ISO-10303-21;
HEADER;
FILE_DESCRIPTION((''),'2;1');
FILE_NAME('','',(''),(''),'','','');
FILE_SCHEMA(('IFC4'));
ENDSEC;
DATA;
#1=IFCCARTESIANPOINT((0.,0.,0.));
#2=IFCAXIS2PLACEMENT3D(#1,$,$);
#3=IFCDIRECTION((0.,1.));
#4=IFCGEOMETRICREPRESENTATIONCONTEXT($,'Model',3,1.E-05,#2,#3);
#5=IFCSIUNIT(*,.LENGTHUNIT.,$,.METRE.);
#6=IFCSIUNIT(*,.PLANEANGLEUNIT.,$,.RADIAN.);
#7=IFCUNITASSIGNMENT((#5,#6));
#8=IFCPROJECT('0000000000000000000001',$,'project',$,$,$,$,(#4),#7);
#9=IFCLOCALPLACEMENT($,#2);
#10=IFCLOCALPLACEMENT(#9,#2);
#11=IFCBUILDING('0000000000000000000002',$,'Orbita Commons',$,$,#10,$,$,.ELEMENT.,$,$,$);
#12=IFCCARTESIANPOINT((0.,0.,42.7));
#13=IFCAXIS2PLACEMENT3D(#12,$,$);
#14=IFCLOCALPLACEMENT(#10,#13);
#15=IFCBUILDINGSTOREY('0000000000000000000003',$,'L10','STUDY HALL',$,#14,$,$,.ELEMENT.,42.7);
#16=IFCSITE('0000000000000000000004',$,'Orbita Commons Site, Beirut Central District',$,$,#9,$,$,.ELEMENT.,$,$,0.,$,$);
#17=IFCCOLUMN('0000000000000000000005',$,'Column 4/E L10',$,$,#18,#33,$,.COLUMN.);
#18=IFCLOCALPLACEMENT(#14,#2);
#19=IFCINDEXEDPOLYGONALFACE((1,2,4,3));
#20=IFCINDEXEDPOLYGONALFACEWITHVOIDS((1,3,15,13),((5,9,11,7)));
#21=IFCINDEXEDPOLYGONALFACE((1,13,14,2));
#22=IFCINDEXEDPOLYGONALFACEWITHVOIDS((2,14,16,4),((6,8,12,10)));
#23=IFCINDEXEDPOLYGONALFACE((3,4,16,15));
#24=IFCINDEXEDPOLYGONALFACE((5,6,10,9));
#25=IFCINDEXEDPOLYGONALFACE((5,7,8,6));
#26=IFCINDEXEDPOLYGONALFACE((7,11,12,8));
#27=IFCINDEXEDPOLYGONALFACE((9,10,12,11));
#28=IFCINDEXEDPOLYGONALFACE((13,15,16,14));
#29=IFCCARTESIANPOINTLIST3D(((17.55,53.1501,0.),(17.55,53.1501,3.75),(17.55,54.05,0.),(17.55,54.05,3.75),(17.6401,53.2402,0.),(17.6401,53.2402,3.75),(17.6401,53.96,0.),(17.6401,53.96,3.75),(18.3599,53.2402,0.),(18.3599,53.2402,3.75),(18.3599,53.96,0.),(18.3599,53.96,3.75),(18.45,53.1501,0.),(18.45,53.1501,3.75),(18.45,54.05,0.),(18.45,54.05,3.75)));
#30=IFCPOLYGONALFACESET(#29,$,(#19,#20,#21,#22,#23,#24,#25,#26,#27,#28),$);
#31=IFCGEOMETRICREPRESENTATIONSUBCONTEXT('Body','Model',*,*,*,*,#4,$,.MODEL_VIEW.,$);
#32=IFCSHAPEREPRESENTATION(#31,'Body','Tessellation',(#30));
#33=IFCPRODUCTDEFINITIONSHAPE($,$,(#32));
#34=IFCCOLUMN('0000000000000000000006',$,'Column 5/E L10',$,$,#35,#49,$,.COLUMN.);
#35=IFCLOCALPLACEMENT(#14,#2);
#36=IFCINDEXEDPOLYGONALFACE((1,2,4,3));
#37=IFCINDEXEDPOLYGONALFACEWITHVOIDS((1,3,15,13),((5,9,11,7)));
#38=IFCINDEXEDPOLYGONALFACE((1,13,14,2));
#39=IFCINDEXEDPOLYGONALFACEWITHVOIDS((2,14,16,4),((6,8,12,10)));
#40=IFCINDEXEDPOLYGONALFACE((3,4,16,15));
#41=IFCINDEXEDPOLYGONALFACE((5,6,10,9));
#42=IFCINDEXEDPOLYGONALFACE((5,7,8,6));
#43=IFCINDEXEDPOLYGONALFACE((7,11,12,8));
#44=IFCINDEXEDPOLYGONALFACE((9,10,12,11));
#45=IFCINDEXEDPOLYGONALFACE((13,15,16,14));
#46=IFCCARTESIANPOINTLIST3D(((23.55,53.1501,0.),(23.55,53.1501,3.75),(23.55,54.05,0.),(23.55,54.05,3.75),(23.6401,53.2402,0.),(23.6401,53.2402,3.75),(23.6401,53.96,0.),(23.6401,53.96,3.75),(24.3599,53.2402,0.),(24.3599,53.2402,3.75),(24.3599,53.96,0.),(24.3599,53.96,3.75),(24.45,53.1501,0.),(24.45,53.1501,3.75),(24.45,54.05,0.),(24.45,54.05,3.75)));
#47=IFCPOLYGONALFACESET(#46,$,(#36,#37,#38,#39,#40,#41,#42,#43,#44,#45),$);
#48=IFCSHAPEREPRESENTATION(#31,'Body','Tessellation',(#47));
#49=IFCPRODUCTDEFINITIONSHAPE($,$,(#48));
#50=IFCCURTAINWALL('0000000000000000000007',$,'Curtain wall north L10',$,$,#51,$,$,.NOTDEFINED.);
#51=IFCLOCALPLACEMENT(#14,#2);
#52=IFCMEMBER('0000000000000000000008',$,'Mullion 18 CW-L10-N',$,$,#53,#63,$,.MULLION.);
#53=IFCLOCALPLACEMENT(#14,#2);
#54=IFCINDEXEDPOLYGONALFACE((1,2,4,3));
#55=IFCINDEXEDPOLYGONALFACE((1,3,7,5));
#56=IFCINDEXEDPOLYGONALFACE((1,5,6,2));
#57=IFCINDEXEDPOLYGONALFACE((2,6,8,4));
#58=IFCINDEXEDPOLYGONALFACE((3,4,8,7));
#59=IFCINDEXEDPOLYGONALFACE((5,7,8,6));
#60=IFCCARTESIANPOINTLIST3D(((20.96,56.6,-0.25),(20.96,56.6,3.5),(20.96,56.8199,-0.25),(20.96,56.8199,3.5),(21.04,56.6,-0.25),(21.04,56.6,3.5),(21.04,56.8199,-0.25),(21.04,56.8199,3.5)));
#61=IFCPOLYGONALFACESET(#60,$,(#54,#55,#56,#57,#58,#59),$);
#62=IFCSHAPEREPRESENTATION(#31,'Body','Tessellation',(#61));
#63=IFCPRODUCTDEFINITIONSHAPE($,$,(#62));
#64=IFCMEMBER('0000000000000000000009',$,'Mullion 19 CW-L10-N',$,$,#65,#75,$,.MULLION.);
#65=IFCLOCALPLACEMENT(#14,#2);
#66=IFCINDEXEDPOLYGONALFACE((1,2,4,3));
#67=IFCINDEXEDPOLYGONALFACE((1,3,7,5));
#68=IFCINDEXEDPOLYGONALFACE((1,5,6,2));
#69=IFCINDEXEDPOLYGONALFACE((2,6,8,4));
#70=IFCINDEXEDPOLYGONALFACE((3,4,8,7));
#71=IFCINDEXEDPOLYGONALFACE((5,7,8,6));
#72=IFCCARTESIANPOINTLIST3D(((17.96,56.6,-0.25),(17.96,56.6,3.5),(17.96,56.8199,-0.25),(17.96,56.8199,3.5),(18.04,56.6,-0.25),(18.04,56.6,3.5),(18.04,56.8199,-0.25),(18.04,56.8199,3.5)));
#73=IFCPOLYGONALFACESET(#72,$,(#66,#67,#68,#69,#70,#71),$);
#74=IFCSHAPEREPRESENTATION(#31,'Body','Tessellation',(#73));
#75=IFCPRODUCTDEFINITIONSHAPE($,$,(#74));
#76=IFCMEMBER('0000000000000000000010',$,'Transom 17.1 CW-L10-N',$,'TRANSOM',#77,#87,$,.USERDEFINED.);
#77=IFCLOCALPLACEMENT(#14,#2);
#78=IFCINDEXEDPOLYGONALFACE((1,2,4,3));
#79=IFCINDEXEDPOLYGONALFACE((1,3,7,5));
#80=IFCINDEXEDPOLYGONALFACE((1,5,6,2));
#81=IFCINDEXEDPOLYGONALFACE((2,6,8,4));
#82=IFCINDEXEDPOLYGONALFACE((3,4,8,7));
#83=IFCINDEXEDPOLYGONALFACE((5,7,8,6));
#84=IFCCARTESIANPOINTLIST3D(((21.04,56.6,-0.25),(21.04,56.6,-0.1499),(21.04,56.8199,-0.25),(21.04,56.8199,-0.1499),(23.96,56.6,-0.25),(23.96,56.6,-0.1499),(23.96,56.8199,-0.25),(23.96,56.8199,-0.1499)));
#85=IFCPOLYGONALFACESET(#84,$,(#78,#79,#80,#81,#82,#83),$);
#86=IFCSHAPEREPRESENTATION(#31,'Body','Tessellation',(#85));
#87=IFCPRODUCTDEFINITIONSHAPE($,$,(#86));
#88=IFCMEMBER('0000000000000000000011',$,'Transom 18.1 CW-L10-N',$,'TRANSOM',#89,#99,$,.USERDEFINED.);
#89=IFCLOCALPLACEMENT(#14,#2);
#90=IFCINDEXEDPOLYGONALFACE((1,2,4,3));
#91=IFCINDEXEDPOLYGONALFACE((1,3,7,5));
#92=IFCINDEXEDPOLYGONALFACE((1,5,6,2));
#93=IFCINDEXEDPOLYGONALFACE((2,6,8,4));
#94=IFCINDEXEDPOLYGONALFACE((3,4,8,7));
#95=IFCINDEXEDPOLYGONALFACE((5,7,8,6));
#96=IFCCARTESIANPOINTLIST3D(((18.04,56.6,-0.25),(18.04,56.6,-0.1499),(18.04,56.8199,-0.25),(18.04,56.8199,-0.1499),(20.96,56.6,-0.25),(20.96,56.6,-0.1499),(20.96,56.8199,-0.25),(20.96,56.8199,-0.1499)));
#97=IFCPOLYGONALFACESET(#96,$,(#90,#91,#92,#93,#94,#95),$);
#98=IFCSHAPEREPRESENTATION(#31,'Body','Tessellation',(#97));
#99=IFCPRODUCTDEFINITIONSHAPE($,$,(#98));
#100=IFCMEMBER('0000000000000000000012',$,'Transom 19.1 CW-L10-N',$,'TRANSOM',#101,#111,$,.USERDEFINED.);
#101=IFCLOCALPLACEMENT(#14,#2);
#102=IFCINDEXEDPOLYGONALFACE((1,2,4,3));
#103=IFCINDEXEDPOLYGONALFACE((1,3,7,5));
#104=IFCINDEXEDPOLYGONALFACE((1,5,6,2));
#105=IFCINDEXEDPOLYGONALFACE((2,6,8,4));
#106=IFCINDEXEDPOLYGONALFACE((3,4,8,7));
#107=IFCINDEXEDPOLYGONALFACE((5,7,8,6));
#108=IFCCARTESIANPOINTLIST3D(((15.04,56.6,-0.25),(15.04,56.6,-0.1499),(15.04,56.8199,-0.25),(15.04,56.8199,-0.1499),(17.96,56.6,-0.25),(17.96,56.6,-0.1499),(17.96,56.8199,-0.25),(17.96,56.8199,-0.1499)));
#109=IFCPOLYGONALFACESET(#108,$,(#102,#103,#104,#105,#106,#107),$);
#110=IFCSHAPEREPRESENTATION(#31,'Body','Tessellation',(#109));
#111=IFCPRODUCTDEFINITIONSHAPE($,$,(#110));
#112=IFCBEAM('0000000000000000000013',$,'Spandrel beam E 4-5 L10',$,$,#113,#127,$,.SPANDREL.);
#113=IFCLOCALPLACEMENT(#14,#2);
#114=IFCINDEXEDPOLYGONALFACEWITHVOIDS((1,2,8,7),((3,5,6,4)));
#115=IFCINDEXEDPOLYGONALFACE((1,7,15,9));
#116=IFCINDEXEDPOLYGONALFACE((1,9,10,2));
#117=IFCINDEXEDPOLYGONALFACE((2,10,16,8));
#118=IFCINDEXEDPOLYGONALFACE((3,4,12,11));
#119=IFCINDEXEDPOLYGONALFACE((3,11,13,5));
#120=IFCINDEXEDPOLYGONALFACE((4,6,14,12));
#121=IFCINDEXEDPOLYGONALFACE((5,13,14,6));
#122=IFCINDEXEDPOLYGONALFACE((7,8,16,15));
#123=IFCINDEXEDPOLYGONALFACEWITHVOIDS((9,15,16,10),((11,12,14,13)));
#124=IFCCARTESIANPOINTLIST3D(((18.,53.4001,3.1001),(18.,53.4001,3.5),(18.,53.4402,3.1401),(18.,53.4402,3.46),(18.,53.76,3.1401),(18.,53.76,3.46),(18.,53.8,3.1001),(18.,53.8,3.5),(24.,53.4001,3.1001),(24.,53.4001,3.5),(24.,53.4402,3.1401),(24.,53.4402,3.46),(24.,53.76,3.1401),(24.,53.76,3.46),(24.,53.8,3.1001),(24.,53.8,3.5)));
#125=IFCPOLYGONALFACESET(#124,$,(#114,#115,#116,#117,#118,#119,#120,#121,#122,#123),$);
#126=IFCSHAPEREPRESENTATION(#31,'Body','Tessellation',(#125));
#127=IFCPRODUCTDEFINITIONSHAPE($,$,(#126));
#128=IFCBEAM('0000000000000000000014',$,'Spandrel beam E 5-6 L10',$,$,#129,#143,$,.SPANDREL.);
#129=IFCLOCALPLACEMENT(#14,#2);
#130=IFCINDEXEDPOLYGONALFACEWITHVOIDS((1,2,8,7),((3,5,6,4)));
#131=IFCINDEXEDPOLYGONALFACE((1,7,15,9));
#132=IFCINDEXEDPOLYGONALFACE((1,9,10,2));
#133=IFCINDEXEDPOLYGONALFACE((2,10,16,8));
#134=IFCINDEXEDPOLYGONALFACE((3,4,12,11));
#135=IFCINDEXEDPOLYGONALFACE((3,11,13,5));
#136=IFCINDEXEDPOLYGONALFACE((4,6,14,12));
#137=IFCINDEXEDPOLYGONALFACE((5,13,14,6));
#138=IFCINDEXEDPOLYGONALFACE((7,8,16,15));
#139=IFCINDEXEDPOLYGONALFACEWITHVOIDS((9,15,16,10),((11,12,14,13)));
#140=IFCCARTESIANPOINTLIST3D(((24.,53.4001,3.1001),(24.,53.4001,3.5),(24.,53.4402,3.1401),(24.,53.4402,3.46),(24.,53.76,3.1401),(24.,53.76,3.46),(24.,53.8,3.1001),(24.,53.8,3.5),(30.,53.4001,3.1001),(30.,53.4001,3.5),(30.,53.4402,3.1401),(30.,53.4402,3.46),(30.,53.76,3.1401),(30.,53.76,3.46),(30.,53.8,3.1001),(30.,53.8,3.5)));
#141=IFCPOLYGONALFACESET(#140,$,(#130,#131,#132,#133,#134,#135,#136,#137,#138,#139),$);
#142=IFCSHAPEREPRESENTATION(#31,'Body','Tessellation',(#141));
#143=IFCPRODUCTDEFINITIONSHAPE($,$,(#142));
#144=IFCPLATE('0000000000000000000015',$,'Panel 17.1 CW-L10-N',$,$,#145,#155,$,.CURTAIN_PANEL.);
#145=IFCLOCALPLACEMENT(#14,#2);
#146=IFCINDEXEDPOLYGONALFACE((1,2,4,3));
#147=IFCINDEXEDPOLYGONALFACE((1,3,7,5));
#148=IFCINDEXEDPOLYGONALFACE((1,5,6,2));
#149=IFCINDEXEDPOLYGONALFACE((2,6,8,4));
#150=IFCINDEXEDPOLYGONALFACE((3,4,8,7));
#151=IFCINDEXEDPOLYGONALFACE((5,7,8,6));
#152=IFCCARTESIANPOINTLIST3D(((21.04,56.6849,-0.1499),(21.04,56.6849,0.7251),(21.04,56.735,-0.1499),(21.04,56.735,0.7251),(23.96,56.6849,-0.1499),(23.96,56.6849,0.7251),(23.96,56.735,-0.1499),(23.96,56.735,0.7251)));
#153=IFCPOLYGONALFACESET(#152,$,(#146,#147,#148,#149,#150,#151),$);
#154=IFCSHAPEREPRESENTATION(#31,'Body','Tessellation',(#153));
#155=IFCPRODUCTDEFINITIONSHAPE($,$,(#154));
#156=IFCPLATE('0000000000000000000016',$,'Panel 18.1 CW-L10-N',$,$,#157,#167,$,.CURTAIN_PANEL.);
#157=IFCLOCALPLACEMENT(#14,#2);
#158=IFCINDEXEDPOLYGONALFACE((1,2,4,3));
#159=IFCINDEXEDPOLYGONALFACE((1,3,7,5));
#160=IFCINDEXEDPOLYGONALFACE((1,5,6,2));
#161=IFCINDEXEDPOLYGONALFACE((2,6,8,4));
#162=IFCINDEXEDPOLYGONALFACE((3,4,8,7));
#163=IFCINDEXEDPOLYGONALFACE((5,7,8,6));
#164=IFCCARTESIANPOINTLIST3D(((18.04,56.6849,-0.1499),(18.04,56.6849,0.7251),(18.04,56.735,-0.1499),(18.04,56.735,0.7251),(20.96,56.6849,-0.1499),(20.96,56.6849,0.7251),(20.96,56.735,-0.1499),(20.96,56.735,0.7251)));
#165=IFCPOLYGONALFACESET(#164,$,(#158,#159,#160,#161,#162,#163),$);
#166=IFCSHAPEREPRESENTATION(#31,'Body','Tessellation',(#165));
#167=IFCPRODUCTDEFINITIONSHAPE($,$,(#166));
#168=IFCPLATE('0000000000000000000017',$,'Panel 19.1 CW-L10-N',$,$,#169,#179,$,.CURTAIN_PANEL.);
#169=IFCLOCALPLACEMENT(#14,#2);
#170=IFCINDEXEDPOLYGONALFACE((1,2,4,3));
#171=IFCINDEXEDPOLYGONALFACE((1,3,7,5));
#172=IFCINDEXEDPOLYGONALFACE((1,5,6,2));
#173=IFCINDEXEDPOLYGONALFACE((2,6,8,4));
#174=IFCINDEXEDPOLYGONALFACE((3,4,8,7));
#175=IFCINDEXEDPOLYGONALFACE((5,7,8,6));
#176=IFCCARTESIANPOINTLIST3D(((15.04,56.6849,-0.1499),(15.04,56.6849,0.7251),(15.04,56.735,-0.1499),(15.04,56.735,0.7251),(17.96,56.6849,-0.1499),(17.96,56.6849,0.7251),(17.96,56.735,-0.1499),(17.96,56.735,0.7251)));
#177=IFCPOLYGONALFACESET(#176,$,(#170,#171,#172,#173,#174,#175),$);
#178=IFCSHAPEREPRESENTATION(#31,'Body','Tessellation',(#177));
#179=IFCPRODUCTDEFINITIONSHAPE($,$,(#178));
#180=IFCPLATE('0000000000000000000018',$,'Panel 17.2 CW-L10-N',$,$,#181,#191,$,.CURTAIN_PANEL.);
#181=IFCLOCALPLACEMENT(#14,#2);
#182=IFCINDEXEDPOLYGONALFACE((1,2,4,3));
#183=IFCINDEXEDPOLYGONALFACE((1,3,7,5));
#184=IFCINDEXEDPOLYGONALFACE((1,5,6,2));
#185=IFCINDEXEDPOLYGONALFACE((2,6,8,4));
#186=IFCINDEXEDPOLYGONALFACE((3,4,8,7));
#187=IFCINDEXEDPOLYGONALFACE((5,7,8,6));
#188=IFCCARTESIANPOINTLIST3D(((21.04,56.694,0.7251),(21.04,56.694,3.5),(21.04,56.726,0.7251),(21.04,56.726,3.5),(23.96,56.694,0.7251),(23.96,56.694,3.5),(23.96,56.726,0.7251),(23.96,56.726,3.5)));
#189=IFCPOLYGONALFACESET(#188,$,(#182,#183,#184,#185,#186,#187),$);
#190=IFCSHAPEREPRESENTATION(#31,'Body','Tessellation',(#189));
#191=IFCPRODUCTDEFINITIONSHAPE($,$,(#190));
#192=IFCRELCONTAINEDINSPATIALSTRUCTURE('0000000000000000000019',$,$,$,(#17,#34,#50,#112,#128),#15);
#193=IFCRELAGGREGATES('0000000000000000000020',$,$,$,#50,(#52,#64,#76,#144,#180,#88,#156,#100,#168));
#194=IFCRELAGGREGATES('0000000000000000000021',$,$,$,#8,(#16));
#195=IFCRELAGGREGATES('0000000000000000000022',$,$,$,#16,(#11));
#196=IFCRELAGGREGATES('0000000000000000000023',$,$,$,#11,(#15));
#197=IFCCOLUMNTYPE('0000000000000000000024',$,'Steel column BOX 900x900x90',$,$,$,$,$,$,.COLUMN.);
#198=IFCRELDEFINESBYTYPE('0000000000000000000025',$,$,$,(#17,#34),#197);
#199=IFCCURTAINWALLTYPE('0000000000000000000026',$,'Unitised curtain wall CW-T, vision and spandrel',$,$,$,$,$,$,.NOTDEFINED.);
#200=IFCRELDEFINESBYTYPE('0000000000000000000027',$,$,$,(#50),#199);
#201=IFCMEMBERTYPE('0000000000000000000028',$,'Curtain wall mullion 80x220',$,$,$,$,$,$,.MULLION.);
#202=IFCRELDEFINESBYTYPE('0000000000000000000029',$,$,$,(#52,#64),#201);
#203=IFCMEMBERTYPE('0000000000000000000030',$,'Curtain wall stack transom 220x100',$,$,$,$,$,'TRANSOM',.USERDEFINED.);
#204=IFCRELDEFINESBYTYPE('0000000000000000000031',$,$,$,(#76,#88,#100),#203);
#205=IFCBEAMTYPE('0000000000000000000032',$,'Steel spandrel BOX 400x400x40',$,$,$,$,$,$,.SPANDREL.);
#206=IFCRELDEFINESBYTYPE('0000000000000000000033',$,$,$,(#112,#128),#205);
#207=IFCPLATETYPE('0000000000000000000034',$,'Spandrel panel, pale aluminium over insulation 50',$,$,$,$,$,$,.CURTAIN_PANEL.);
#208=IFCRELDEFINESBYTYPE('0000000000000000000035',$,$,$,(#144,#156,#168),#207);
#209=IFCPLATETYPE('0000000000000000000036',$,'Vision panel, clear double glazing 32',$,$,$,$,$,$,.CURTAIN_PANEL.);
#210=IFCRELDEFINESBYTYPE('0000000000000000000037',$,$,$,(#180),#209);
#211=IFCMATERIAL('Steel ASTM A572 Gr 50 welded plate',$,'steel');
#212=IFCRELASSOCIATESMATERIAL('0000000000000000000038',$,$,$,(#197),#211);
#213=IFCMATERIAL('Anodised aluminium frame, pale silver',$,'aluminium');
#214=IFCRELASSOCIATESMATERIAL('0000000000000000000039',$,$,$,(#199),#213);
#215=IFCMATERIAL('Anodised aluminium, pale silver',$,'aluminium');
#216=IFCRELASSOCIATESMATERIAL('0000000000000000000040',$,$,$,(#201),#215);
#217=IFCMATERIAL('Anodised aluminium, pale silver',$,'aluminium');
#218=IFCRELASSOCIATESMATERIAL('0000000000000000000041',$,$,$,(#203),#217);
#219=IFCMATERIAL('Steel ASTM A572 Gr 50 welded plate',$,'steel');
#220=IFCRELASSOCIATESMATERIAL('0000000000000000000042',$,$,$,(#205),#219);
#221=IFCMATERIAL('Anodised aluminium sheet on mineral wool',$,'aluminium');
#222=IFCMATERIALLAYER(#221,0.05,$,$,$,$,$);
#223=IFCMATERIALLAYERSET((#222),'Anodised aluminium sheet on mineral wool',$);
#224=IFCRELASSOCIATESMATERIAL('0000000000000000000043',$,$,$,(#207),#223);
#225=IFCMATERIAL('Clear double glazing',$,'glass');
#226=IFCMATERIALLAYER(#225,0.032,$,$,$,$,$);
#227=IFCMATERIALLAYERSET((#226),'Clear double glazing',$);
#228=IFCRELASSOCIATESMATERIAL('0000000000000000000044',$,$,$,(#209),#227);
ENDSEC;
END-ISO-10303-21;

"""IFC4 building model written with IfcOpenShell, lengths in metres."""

from ifc_helpers import new_model, si_unit, direction, frame, origin, origin_2d, place, context, subcontext, project, spatial, rectangle, hollow_rectangle, extrude, material, layer, layer_set, material_profile, profile_set, type_object, element, aggregate, save


model = new_model("IFC4")

# Units and contexts
model_context = context("Model", 3, precision=1e-05, world=origin(), true_north=direction((0.0, 1.0)))
body_context = subcontext(model_context, "Body", "Model", "MODEL_VIEW")
ifc_project = project(units=[si_unit("LENGTHUNIT", "METRE"), si_unit("PLANEANGLEUNIT", "RADIAN")], contexts=[model_context])

# Site, building, storey
site_placement = place(None, origin())
site = spatial("IfcSite", under=ifc_project, at=site_placement, Name="Orbita Commons Site, Beirut Central District", CompositionType="ELEMENT", RefElevation=0.0)
building_placement = place(site_placement, origin())
building = spatial("IfcBuilding", under=site, at=building_placement, Name="Orbita Commons", CompositionType="ELEMENT")
storey_placement = place(building_placement, frame((0.0, 0.0, 42.7)))
storey = spatial("IfcBuildingStorey", under=building, at=storey_placement, Name="L10", Description="STUDY HALL", CompositionType="ELEMENT", Elevation=42.7)

# Columns
ifc_material_1 = material(Name="Steel ASTM A572 Gr 50 welded plate", Category="steel")
ifc_material_profile_1 = material_profile(ifc_material_1, hollow_rectangle(XDim=0.8999, YDim=0.8999, WallThickness=0.0901, at=origin_2d()), Name="BOX 900x900x90")
ifc_profile_set_1 = profile_set([ifc_material_profile_1], Name="Steel ASTM A572 Gr 50 welded plate")
column_type = type_object("IfcColumnType", Name="Steel column BOX 900x900x90", PredefinedType="COLUMN", material=ifc_profile_set_1)
for number, where, z_axis, x_axis, name in (
    (1, (18.0, 53.6001, 0.0), (0.0, 0.0, 1.0), (1.0, 0.0, 0.0), "Column 4/E L10"),
    (2, (24.0, 53.6001, 0.0), (0.0, 0.0, 1.0), (1.0, 0.0, 0.0), "Column 5/E L10"),
):
    element("IfcColumn", number, at=place(storey_placement, frame(where, z_axis=z_axis, x_axis=x_axis)), inside=storey, type_object=column_type, Name=name, PredefinedType="COLUMN", context=body_context, shape_type="SweptSolid", body=[
        extrude(hollow_rectangle(XDim=0.8999, YDim=0.8999, WallThickness=0.0901, at=origin_2d()), origin(), (0.0, 0.0, 1.0), 3.75),
    ])

# Curtain wall, members
ifc_material_2 = material(Name="Anodised aluminium frame, pale silver", Category="aluminium")
curtain_wall_type = type_object("IfcCurtainWallType", Name="Unitised curtain wall CW-T, vision and spandrel", PredefinedType="NOTDEFINED", material=ifc_material_2)
curtain_wall_placement = place(storey_placement, origin())
curtain_wall = element("IfcCurtainWall", 3, at=curtain_wall_placement, inside=storey, type_object=curtain_wall_type, Name="Curtain wall north L10", PredefinedType="NOTDEFINED")
ifc_material_3 = material(Name="Anodised aluminium, pale silver", Category="aluminium")
ifc_material_profile_2 = material_profile(ifc_material_3, rectangle(XDim=0.0801, YDim=0.22, at=origin_2d()), Name="AL 80x220")
ifc_profile_set_2 = profile_set([ifc_material_profile_2], Name="Anodised aluminium, pale silver")
member_type_1 = type_object("IfcMemberType", Name="Curtain wall mullion 80x220", PredefinedType="MULLION", material=ifc_profile_set_2)
member_1_placement = place(storey_placement, frame((21.0, 56.71, -0.25), z_axis=(0.0, 0.0, 1.0), x_axis=(-1.0, 0.0, 0.0)))
member_1 = element("IfcMember", 4, at=member_1_placement, type_object=member_type_1, Name="Mullion 18 CW-L10-N", PredefinedType="MULLION", context=body_context, shape_type="SweptSolid", body=[
    extrude(rectangle(XDim=0.0801, YDim=0.22, at=origin_2d()), origin(), (0.0, 0.0, 1.0), 3.75),
])
member_2_placement = place(storey_placement, frame((18.0, 56.71, -0.25), z_axis=(0.0, 0.0, 1.0), x_axis=(-1.0, 0.0, 0.0)))
member_2 = element("IfcMember", 5, at=member_2_placement, type_object=member_type_1, Name="Mullion 19 CW-L10-N", PredefinedType="MULLION", context=body_context, shape_type="SweptSolid", body=[
    extrude(rectangle(XDim=0.0801, YDim=0.22, at=origin_2d()), origin(), (0.0, 0.0, 1.0), 3.75),
])
ifc_material_4 = material(Name="Anodised aluminium, pale silver", Category="aluminium")
ifc_material_profile_3 = material_profile(ifc_material_4, rectangle(XDim=0.22, YDim=0.1001, at=origin_2d()), Name="AL 220x100")
ifc_profile_set_3 = profile_set([ifc_material_profile_3], Name="Anodised aluminium, pale silver")
member_type_2 = type_object("IfcMemberType", Name="Curtain wall stack transom 220x100", ElementType="TRANSOM", PredefinedType="USERDEFINED", material=ifc_profile_set_3)
member_3_placement = place(storey_placement, frame((23.96, 56.71, -0.2), z_axis=(-1.0, 0.0, 0.0), x_axis=(0.0, -1.0, 0.0)))
member_3 = element("IfcMember", 6, at=member_3_placement, type_object=member_type_2, Name="Transom 17.1 CW-L10-N", ObjectType="TRANSOM", PredefinedType="USERDEFINED", context=body_context, shape_type="SweptSolid", body=[
    extrude(rectangle(XDim=0.22, YDim=0.1001, at=origin_2d()), origin(), (0.0, 0.0, 1.0), 2.9199),
])
member_4_placement = place(storey_placement, frame((20.96, 56.71, -0.2), z_axis=(-1.0, 0.0, 0.0), x_axis=(0.0, -1.0, 0.0)))
member_4 = element("IfcMember", 7, at=member_4_placement, type_object=member_type_2, Name="Transom 18.1 CW-L10-N", ObjectType="TRANSOM", PredefinedType="USERDEFINED", context=body_context, shape_type="SweptSolid", body=[
    extrude(rectangle(XDim=0.22, YDim=0.1001, at=origin_2d()), origin(), (0.0, 0.0, 1.0), 2.9199),
])
member_5_placement = place(storey_placement, frame((17.96, 56.71, -0.2), z_axis=(-1.0, 0.0, 0.0), x_axis=(0.0, -1.0, 0.0)))
member_5 = element("IfcMember", 8, at=member_5_placement, type_object=member_type_2, Name="Transom 19.1 CW-L10-N", ObjectType="TRANSOM", PredefinedType="USERDEFINED", context=body_context, shape_type="SweptSolid", body=[
    extrude(rectangle(XDim=0.22, YDim=0.1001, at=origin_2d()), origin(), (0.0, 0.0, 1.0), 2.9199),
])

# Beams
ifc_material_5 = material(Name="Steel ASTM A572 Gr 50 welded plate", Category="steel")
ifc_material_profile_4 = material_profile(ifc_material_5, hollow_rectangle(XDim=0.3999, YDim=0.3999, WallThickness=0.04, at=origin_2d()), Name="BOX 400x400x40")
ifc_profile_set_4 = profile_set([ifc_material_profile_4], Name="Steel ASTM A572 Gr 50 welded plate")
beam_type = type_object("IfcBeamType", Name="Steel spandrel BOX 400x400x40", PredefinedType="SPANDREL", material=ifc_profile_set_4)
for number, where, z_axis, x_axis, name in (
    (9, (18.0, 53.6001, 3.3), (1.0, 0.0, 0.0), (0.0, 1.0, 0.0), "Spandrel beam E 4-5 L10"),
    (10, (24.0, 53.6001, 3.3), (1.0, 0.0, 0.0), (0.0, 1.0, 0.0), "Spandrel beam E 5-6 L10"),
):
    element("IfcBeam", number, at=place(storey_placement, frame(where, z_axis=z_axis, x_axis=x_axis)), inside=storey, type_object=beam_type, Name=name, PredefinedType="SPANDREL", context=body_context, shape_type="SweptSolid", body=[
        extrude(hollow_rectangle(XDim=0.3999, YDim=0.3999, WallThickness=0.04, at=origin_2d()), origin(), (0.0, 0.0, 1.0), 6.0),
    ])

# Plates
ifc_material_6 = material(Name="Anodised aluminium sheet on mineral wool", Category="aluminium")
ifc_layer_1 = layer(ifc_material_6, 0.05)
ifc_layer_set_1 = layer_set([ifc_layer_1], Name="Anodised aluminium sheet on mineral wool")
plate_type_1 = type_object("IfcPlateType", Name="Spandrel panel, pale aluminium over insulation 50", PredefinedType="CURTAIN_PANEL", material=ifc_layer_set_1)
plate_1_placement = place(storey_placement, frame((22.5, 56.71, -0.1499), z_axis=(0.0, 0.0, 1.0), x_axis=(-1.0, 0.0, 0.0)))
plate_1 = element("IfcPlate", 11, at=plate_1_placement, type_object=plate_type_1, Name="Panel 17.1 CW-L10-N", PredefinedType="CURTAIN_PANEL", context=body_context, shape_type="SweptSolid", body=[
    extrude(rectangle(XDim=2.9199, YDim=0.05, at=origin_2d()), origin(), (0.0, 0.0, 1.0), 0.875),
])
plate_2_placement = place(storey_placement, frame((19.5, 56.71, -0.1499), z_axis=(0.0, 0.0, 1.0), x_axis=(-1.0, 0.0, 0.0)))
plate_2 = element("IfcPlate", 12, at=plate_2_placement, type_object=plate_type_1, Name="Panel 18.1 CW-L10-N", PredefinedType="CURTAIN_PANEL", context=body_context, shape_type="SweptSolid", body=[
    extrude(rectangle(XDim=2.9199, YDim=0.05, at=origin_2d()), origin(), (0.0, 0.0, 1.0), 0.875),
])
plate_3_placement = place(storey_placement, frame((16.5, 56.71, -0.1499), z_axis=(0.0, 0.0, 1.0), x_axis=(-1.0, 0.0, 0.0)))
plate_3 = element("IfcPlate", 13, at=plate_3_placement, type_object=plate_type_1, Name="Panel 19.1 CW-L10-N", PredefinedType="CURTAIN_PANEL", context=body_context, shape_type="SweptSolid", body=[
    extrude(rectangle(XDim=2.9199, YDim=0.05, at=origin_2d()), origin(), (0.0, 0.0, 1.0), 0.875),
])
ifc_material_7 = material(Name="Clear double glazing", Category="glass")
ifc_layer_2 = layer(ifc_material_7, 0.032)
ifc_layer_set_2 = layer_set([ifc_layer_2], Name="Clear double glazing")
plate_type_2 = type_object("IfcPlateType", Name="Vision panel, clear double glazing 32", PredefinedType="CURTAIN_PANEL", material=ifc_layer_set_2)
plate_4_placement = place(storey_placement, frame((22.5, 56.71, 0.7251), z_axis=(0.0, 0.0, 1.0), x_axis=(-1.0, 0.0, 0.0)))
plate_4 = element("IfcPlate", 14, at=plate_4_placement, type_object=plate_type_2, Name="Panel 17.2 CW-L10-N", PredefinedType="CURTAIN_PANEL", context=body_context, shape_type="SweptSolid", body=[
    extrude(rectangle(XDim=2.9199, YDim=0.032, at=origin_2d()), origin(), (0.0, 0.0, 1.0), 2.7749),
])
aggregate(curtain_wall, [member_1, member_2, member_3, plate_1, plate_4, member_4, plate_2, member_5, plate_3])

save(model, "model.ifc")
